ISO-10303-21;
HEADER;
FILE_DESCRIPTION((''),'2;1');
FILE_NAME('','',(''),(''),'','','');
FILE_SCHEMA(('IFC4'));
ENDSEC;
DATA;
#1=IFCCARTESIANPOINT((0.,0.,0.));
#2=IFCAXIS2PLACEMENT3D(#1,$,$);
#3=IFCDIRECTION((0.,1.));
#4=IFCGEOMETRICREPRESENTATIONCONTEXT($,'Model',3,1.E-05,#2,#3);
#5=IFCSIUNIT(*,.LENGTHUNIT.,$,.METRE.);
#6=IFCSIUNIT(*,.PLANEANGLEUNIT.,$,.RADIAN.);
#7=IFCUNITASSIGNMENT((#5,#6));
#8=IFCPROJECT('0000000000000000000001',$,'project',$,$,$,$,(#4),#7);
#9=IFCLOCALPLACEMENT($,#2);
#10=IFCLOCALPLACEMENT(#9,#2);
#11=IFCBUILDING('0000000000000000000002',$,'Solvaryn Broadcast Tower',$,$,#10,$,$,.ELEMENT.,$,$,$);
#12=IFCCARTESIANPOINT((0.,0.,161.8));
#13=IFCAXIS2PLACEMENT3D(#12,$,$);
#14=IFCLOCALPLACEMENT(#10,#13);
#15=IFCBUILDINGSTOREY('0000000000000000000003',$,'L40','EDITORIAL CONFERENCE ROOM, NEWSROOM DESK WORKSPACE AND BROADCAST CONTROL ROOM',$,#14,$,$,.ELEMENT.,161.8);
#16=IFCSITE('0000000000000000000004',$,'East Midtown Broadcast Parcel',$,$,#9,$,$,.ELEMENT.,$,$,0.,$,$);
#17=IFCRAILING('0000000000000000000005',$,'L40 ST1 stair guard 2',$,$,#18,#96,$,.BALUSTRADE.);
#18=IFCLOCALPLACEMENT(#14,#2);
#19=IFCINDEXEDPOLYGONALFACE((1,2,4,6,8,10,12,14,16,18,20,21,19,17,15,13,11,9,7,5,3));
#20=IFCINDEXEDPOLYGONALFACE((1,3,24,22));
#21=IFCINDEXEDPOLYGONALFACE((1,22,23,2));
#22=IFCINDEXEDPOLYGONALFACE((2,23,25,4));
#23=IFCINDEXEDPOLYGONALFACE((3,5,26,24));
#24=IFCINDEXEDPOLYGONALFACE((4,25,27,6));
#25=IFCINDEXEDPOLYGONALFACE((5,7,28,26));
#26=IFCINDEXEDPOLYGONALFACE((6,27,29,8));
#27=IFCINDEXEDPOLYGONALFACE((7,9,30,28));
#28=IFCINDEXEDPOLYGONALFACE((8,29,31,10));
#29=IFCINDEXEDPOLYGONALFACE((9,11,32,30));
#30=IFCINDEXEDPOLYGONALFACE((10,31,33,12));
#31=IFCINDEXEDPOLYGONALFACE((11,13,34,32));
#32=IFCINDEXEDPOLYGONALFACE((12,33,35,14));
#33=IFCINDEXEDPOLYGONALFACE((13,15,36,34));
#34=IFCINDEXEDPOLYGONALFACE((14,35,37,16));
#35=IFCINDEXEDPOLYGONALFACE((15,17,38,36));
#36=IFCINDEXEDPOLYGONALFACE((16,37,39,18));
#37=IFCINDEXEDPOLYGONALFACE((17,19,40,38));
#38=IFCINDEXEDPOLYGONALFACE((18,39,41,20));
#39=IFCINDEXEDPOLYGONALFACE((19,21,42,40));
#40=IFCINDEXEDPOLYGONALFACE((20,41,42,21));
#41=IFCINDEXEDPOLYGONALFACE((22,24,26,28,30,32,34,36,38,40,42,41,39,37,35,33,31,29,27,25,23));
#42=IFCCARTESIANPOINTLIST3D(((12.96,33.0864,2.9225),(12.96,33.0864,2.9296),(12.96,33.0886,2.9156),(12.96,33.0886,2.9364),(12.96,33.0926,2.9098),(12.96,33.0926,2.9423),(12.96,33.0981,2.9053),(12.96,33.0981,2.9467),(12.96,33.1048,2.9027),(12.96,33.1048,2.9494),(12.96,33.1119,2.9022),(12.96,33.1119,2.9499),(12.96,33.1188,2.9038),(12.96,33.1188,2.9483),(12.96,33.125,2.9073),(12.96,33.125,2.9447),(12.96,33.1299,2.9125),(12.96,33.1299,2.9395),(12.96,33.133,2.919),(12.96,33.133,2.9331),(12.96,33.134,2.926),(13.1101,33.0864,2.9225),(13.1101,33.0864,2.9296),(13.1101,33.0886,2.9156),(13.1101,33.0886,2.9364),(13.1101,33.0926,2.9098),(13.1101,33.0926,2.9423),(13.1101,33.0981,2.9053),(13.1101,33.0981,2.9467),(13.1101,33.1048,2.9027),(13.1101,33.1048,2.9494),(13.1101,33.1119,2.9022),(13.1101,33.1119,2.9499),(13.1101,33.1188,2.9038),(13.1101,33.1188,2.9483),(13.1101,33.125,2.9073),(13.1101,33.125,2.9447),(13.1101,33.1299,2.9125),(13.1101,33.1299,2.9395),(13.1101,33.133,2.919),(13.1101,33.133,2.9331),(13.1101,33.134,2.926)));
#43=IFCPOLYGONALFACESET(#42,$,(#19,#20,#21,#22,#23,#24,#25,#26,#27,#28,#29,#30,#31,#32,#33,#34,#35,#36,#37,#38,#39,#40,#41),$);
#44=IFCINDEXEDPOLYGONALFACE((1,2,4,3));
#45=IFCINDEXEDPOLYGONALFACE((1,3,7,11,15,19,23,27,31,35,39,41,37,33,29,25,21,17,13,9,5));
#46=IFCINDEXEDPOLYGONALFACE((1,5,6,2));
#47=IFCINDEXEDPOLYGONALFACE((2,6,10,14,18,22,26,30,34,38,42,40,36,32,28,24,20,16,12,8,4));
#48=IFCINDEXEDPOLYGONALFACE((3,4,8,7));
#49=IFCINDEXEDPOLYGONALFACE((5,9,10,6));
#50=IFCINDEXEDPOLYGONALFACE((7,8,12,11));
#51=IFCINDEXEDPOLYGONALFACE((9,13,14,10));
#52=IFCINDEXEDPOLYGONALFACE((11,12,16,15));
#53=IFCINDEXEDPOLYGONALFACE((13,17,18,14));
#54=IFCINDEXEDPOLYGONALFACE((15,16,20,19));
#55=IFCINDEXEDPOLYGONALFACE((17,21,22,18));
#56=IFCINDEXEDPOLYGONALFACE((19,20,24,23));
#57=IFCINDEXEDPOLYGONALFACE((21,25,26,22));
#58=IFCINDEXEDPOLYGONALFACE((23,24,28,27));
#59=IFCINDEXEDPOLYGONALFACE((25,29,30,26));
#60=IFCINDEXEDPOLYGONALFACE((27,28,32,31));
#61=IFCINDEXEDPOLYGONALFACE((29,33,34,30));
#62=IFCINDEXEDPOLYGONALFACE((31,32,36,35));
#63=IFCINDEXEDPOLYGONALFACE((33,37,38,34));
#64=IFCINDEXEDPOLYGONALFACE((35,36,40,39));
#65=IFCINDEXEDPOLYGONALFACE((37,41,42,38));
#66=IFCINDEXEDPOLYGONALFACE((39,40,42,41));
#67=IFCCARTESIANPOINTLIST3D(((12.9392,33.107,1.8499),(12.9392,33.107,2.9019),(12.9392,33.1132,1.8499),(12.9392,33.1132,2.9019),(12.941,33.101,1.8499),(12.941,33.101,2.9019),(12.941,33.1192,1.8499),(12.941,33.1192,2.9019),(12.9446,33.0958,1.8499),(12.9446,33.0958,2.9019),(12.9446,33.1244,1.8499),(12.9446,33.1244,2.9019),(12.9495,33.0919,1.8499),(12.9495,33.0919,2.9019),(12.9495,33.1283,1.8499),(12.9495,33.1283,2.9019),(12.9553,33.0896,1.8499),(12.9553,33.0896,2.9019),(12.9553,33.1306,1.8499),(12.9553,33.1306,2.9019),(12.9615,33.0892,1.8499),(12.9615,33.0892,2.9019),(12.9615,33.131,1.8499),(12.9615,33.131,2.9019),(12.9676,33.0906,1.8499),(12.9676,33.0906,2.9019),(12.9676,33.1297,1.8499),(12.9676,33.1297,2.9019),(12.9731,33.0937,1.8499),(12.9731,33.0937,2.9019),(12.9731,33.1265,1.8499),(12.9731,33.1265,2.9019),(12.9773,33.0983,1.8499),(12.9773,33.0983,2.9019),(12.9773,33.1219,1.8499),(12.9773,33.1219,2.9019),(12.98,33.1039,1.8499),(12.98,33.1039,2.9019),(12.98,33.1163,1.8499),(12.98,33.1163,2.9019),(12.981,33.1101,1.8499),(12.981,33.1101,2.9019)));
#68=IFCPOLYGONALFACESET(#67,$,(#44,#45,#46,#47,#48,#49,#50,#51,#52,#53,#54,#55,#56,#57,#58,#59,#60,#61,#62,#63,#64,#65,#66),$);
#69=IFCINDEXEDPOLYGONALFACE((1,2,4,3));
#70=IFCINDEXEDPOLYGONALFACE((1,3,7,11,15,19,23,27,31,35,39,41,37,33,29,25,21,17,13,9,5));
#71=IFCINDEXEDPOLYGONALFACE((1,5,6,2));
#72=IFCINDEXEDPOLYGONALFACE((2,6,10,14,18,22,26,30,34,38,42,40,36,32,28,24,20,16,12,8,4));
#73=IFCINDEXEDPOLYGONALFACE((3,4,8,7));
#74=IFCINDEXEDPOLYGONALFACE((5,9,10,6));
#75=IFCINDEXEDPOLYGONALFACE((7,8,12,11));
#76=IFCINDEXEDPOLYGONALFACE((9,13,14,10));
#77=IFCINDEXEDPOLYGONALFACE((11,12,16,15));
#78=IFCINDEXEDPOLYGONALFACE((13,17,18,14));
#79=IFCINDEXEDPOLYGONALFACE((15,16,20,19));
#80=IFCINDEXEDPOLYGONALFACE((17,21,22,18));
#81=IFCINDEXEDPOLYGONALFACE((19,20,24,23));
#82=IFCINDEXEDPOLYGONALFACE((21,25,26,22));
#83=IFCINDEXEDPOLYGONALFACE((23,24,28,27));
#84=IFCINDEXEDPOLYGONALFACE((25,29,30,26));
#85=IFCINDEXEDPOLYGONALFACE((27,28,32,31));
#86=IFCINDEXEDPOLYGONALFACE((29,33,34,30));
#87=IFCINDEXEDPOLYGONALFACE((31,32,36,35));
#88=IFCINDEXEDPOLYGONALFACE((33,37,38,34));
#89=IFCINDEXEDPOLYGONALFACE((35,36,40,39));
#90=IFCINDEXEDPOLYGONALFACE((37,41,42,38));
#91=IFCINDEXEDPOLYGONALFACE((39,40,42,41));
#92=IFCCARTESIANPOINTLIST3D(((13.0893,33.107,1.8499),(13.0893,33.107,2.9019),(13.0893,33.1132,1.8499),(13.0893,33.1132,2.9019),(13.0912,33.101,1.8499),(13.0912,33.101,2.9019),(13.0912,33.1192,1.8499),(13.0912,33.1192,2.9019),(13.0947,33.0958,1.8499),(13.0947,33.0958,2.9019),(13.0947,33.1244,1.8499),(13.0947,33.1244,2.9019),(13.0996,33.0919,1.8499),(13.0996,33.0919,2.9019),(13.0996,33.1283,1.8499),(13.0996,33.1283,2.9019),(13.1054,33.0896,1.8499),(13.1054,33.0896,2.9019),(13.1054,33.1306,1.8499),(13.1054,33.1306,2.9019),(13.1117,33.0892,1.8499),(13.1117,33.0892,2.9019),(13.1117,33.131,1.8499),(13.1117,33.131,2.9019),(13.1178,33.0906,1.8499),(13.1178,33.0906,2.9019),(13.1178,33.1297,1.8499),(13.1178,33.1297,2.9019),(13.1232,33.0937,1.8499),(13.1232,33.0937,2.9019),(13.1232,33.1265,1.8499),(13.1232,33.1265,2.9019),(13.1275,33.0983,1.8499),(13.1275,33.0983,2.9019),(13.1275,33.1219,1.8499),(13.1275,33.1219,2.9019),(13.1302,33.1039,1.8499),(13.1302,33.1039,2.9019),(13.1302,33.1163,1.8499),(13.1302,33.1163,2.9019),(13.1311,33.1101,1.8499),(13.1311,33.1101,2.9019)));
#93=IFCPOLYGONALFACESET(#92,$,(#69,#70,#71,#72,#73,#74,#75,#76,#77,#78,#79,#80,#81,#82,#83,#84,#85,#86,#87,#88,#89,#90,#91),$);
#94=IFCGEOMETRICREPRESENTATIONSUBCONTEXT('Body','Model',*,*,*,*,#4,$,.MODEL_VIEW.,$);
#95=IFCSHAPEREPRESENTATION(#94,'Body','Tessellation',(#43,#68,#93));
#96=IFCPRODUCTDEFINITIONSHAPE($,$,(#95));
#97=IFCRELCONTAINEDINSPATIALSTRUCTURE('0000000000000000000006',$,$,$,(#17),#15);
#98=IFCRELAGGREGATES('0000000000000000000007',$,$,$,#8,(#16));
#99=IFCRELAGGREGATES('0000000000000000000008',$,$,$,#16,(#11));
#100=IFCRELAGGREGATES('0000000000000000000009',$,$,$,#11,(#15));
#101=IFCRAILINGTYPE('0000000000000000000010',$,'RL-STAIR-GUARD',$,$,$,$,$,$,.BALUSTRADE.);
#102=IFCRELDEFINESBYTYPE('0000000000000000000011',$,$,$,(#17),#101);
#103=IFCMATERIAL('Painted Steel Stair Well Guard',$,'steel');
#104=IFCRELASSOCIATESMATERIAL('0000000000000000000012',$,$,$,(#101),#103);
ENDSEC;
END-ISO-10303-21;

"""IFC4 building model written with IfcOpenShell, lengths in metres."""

from ifc_helpers import new_model, si_unit, direction, frame, origin, origin_2d, place, context, subcontext, project, spatial, circle, extrude, material, type_object, element, save


model = new_model("IFC4")

# Units and contexts
model_context = context("Model", 3, precision=1e-05, world=origin(), true_north=direction((0.0, 1.0)))
body_context = subcontext(model_context, "Body", "Model", "MODEL_VIEW")
ifc_project = project(units=[si_unit("LENGTHUNIT", "METRE"), si_unit("PLANEANGLEUNIT", "RADIAN")], contexts=[model_context])

# Site, building, storey
site_placement = place(None, origin())
site = spatial("IfcSite", under=ifc_project, at=site_placement, Name="East Midtown Broadcast Parcel", CompositionType="ELEMENT", RefElevation=0.0)
building_placement = place(site_placement, origin())
building = spatial("IfcBuilding", under=site, at=building_placement, Name="Solvaryn Broadcast Tower", CompositionType="ELEMENT")
storey_placement = place(building_placement, frame((0.0, 0.0, 161.8)))
storey = spatial("IfcBuildingStorey", under=building, at=storey_placement, Name="L40", Description="EDITORIAL CONFERENCE ROOM, NEWSROOM DESK WORKSPACE AND BROADCAST CONTROL ROOM", CompositionType="ELEMENT", Elevation=161.8)

# Railing
ifc_material_1 = material(Name="Painted Steel Stair Well Guard", Category="steel")
railing_type_1 = type_object("IfcRailingType", Name="RL-STAIR-GUARD", PredefinedType="BALUSTRADE", material=ifc_material_1)
railing_1_placement = place(storey_placement, frame((12.96, 33.1101, 1.8499)))
element("IfcRailing", 1, at=railing_1_placement, inside=storey, type_object=railing_type_1, Name="L40 ST1 stair guard 2", PredefinedType="BALUSTRADE", context=body_context, shape_type="SweptSolid", body=[
    extrude(circle(Radius=0.0239, at=origin_2d()), frame((0.0, 0.0, 1.0762), z_axis=(1.0, 0.0, 0.0), x_axis=(0.0, 1.0, 0.0)), (0.0, 0.0, 1.0), 0.1501),
    extrude(circle(Radius=0.021, at=origin_2d()), origin(), (0.0, 0.0, 1.0), 1.052),
    extrude(circle(Radius=0.021, at=origin_2d()), frame((0.1501, 0.0, 0.0)), (0.0, 0.0, 1.0), 1.052),
])

save(model, "model.ifc")
